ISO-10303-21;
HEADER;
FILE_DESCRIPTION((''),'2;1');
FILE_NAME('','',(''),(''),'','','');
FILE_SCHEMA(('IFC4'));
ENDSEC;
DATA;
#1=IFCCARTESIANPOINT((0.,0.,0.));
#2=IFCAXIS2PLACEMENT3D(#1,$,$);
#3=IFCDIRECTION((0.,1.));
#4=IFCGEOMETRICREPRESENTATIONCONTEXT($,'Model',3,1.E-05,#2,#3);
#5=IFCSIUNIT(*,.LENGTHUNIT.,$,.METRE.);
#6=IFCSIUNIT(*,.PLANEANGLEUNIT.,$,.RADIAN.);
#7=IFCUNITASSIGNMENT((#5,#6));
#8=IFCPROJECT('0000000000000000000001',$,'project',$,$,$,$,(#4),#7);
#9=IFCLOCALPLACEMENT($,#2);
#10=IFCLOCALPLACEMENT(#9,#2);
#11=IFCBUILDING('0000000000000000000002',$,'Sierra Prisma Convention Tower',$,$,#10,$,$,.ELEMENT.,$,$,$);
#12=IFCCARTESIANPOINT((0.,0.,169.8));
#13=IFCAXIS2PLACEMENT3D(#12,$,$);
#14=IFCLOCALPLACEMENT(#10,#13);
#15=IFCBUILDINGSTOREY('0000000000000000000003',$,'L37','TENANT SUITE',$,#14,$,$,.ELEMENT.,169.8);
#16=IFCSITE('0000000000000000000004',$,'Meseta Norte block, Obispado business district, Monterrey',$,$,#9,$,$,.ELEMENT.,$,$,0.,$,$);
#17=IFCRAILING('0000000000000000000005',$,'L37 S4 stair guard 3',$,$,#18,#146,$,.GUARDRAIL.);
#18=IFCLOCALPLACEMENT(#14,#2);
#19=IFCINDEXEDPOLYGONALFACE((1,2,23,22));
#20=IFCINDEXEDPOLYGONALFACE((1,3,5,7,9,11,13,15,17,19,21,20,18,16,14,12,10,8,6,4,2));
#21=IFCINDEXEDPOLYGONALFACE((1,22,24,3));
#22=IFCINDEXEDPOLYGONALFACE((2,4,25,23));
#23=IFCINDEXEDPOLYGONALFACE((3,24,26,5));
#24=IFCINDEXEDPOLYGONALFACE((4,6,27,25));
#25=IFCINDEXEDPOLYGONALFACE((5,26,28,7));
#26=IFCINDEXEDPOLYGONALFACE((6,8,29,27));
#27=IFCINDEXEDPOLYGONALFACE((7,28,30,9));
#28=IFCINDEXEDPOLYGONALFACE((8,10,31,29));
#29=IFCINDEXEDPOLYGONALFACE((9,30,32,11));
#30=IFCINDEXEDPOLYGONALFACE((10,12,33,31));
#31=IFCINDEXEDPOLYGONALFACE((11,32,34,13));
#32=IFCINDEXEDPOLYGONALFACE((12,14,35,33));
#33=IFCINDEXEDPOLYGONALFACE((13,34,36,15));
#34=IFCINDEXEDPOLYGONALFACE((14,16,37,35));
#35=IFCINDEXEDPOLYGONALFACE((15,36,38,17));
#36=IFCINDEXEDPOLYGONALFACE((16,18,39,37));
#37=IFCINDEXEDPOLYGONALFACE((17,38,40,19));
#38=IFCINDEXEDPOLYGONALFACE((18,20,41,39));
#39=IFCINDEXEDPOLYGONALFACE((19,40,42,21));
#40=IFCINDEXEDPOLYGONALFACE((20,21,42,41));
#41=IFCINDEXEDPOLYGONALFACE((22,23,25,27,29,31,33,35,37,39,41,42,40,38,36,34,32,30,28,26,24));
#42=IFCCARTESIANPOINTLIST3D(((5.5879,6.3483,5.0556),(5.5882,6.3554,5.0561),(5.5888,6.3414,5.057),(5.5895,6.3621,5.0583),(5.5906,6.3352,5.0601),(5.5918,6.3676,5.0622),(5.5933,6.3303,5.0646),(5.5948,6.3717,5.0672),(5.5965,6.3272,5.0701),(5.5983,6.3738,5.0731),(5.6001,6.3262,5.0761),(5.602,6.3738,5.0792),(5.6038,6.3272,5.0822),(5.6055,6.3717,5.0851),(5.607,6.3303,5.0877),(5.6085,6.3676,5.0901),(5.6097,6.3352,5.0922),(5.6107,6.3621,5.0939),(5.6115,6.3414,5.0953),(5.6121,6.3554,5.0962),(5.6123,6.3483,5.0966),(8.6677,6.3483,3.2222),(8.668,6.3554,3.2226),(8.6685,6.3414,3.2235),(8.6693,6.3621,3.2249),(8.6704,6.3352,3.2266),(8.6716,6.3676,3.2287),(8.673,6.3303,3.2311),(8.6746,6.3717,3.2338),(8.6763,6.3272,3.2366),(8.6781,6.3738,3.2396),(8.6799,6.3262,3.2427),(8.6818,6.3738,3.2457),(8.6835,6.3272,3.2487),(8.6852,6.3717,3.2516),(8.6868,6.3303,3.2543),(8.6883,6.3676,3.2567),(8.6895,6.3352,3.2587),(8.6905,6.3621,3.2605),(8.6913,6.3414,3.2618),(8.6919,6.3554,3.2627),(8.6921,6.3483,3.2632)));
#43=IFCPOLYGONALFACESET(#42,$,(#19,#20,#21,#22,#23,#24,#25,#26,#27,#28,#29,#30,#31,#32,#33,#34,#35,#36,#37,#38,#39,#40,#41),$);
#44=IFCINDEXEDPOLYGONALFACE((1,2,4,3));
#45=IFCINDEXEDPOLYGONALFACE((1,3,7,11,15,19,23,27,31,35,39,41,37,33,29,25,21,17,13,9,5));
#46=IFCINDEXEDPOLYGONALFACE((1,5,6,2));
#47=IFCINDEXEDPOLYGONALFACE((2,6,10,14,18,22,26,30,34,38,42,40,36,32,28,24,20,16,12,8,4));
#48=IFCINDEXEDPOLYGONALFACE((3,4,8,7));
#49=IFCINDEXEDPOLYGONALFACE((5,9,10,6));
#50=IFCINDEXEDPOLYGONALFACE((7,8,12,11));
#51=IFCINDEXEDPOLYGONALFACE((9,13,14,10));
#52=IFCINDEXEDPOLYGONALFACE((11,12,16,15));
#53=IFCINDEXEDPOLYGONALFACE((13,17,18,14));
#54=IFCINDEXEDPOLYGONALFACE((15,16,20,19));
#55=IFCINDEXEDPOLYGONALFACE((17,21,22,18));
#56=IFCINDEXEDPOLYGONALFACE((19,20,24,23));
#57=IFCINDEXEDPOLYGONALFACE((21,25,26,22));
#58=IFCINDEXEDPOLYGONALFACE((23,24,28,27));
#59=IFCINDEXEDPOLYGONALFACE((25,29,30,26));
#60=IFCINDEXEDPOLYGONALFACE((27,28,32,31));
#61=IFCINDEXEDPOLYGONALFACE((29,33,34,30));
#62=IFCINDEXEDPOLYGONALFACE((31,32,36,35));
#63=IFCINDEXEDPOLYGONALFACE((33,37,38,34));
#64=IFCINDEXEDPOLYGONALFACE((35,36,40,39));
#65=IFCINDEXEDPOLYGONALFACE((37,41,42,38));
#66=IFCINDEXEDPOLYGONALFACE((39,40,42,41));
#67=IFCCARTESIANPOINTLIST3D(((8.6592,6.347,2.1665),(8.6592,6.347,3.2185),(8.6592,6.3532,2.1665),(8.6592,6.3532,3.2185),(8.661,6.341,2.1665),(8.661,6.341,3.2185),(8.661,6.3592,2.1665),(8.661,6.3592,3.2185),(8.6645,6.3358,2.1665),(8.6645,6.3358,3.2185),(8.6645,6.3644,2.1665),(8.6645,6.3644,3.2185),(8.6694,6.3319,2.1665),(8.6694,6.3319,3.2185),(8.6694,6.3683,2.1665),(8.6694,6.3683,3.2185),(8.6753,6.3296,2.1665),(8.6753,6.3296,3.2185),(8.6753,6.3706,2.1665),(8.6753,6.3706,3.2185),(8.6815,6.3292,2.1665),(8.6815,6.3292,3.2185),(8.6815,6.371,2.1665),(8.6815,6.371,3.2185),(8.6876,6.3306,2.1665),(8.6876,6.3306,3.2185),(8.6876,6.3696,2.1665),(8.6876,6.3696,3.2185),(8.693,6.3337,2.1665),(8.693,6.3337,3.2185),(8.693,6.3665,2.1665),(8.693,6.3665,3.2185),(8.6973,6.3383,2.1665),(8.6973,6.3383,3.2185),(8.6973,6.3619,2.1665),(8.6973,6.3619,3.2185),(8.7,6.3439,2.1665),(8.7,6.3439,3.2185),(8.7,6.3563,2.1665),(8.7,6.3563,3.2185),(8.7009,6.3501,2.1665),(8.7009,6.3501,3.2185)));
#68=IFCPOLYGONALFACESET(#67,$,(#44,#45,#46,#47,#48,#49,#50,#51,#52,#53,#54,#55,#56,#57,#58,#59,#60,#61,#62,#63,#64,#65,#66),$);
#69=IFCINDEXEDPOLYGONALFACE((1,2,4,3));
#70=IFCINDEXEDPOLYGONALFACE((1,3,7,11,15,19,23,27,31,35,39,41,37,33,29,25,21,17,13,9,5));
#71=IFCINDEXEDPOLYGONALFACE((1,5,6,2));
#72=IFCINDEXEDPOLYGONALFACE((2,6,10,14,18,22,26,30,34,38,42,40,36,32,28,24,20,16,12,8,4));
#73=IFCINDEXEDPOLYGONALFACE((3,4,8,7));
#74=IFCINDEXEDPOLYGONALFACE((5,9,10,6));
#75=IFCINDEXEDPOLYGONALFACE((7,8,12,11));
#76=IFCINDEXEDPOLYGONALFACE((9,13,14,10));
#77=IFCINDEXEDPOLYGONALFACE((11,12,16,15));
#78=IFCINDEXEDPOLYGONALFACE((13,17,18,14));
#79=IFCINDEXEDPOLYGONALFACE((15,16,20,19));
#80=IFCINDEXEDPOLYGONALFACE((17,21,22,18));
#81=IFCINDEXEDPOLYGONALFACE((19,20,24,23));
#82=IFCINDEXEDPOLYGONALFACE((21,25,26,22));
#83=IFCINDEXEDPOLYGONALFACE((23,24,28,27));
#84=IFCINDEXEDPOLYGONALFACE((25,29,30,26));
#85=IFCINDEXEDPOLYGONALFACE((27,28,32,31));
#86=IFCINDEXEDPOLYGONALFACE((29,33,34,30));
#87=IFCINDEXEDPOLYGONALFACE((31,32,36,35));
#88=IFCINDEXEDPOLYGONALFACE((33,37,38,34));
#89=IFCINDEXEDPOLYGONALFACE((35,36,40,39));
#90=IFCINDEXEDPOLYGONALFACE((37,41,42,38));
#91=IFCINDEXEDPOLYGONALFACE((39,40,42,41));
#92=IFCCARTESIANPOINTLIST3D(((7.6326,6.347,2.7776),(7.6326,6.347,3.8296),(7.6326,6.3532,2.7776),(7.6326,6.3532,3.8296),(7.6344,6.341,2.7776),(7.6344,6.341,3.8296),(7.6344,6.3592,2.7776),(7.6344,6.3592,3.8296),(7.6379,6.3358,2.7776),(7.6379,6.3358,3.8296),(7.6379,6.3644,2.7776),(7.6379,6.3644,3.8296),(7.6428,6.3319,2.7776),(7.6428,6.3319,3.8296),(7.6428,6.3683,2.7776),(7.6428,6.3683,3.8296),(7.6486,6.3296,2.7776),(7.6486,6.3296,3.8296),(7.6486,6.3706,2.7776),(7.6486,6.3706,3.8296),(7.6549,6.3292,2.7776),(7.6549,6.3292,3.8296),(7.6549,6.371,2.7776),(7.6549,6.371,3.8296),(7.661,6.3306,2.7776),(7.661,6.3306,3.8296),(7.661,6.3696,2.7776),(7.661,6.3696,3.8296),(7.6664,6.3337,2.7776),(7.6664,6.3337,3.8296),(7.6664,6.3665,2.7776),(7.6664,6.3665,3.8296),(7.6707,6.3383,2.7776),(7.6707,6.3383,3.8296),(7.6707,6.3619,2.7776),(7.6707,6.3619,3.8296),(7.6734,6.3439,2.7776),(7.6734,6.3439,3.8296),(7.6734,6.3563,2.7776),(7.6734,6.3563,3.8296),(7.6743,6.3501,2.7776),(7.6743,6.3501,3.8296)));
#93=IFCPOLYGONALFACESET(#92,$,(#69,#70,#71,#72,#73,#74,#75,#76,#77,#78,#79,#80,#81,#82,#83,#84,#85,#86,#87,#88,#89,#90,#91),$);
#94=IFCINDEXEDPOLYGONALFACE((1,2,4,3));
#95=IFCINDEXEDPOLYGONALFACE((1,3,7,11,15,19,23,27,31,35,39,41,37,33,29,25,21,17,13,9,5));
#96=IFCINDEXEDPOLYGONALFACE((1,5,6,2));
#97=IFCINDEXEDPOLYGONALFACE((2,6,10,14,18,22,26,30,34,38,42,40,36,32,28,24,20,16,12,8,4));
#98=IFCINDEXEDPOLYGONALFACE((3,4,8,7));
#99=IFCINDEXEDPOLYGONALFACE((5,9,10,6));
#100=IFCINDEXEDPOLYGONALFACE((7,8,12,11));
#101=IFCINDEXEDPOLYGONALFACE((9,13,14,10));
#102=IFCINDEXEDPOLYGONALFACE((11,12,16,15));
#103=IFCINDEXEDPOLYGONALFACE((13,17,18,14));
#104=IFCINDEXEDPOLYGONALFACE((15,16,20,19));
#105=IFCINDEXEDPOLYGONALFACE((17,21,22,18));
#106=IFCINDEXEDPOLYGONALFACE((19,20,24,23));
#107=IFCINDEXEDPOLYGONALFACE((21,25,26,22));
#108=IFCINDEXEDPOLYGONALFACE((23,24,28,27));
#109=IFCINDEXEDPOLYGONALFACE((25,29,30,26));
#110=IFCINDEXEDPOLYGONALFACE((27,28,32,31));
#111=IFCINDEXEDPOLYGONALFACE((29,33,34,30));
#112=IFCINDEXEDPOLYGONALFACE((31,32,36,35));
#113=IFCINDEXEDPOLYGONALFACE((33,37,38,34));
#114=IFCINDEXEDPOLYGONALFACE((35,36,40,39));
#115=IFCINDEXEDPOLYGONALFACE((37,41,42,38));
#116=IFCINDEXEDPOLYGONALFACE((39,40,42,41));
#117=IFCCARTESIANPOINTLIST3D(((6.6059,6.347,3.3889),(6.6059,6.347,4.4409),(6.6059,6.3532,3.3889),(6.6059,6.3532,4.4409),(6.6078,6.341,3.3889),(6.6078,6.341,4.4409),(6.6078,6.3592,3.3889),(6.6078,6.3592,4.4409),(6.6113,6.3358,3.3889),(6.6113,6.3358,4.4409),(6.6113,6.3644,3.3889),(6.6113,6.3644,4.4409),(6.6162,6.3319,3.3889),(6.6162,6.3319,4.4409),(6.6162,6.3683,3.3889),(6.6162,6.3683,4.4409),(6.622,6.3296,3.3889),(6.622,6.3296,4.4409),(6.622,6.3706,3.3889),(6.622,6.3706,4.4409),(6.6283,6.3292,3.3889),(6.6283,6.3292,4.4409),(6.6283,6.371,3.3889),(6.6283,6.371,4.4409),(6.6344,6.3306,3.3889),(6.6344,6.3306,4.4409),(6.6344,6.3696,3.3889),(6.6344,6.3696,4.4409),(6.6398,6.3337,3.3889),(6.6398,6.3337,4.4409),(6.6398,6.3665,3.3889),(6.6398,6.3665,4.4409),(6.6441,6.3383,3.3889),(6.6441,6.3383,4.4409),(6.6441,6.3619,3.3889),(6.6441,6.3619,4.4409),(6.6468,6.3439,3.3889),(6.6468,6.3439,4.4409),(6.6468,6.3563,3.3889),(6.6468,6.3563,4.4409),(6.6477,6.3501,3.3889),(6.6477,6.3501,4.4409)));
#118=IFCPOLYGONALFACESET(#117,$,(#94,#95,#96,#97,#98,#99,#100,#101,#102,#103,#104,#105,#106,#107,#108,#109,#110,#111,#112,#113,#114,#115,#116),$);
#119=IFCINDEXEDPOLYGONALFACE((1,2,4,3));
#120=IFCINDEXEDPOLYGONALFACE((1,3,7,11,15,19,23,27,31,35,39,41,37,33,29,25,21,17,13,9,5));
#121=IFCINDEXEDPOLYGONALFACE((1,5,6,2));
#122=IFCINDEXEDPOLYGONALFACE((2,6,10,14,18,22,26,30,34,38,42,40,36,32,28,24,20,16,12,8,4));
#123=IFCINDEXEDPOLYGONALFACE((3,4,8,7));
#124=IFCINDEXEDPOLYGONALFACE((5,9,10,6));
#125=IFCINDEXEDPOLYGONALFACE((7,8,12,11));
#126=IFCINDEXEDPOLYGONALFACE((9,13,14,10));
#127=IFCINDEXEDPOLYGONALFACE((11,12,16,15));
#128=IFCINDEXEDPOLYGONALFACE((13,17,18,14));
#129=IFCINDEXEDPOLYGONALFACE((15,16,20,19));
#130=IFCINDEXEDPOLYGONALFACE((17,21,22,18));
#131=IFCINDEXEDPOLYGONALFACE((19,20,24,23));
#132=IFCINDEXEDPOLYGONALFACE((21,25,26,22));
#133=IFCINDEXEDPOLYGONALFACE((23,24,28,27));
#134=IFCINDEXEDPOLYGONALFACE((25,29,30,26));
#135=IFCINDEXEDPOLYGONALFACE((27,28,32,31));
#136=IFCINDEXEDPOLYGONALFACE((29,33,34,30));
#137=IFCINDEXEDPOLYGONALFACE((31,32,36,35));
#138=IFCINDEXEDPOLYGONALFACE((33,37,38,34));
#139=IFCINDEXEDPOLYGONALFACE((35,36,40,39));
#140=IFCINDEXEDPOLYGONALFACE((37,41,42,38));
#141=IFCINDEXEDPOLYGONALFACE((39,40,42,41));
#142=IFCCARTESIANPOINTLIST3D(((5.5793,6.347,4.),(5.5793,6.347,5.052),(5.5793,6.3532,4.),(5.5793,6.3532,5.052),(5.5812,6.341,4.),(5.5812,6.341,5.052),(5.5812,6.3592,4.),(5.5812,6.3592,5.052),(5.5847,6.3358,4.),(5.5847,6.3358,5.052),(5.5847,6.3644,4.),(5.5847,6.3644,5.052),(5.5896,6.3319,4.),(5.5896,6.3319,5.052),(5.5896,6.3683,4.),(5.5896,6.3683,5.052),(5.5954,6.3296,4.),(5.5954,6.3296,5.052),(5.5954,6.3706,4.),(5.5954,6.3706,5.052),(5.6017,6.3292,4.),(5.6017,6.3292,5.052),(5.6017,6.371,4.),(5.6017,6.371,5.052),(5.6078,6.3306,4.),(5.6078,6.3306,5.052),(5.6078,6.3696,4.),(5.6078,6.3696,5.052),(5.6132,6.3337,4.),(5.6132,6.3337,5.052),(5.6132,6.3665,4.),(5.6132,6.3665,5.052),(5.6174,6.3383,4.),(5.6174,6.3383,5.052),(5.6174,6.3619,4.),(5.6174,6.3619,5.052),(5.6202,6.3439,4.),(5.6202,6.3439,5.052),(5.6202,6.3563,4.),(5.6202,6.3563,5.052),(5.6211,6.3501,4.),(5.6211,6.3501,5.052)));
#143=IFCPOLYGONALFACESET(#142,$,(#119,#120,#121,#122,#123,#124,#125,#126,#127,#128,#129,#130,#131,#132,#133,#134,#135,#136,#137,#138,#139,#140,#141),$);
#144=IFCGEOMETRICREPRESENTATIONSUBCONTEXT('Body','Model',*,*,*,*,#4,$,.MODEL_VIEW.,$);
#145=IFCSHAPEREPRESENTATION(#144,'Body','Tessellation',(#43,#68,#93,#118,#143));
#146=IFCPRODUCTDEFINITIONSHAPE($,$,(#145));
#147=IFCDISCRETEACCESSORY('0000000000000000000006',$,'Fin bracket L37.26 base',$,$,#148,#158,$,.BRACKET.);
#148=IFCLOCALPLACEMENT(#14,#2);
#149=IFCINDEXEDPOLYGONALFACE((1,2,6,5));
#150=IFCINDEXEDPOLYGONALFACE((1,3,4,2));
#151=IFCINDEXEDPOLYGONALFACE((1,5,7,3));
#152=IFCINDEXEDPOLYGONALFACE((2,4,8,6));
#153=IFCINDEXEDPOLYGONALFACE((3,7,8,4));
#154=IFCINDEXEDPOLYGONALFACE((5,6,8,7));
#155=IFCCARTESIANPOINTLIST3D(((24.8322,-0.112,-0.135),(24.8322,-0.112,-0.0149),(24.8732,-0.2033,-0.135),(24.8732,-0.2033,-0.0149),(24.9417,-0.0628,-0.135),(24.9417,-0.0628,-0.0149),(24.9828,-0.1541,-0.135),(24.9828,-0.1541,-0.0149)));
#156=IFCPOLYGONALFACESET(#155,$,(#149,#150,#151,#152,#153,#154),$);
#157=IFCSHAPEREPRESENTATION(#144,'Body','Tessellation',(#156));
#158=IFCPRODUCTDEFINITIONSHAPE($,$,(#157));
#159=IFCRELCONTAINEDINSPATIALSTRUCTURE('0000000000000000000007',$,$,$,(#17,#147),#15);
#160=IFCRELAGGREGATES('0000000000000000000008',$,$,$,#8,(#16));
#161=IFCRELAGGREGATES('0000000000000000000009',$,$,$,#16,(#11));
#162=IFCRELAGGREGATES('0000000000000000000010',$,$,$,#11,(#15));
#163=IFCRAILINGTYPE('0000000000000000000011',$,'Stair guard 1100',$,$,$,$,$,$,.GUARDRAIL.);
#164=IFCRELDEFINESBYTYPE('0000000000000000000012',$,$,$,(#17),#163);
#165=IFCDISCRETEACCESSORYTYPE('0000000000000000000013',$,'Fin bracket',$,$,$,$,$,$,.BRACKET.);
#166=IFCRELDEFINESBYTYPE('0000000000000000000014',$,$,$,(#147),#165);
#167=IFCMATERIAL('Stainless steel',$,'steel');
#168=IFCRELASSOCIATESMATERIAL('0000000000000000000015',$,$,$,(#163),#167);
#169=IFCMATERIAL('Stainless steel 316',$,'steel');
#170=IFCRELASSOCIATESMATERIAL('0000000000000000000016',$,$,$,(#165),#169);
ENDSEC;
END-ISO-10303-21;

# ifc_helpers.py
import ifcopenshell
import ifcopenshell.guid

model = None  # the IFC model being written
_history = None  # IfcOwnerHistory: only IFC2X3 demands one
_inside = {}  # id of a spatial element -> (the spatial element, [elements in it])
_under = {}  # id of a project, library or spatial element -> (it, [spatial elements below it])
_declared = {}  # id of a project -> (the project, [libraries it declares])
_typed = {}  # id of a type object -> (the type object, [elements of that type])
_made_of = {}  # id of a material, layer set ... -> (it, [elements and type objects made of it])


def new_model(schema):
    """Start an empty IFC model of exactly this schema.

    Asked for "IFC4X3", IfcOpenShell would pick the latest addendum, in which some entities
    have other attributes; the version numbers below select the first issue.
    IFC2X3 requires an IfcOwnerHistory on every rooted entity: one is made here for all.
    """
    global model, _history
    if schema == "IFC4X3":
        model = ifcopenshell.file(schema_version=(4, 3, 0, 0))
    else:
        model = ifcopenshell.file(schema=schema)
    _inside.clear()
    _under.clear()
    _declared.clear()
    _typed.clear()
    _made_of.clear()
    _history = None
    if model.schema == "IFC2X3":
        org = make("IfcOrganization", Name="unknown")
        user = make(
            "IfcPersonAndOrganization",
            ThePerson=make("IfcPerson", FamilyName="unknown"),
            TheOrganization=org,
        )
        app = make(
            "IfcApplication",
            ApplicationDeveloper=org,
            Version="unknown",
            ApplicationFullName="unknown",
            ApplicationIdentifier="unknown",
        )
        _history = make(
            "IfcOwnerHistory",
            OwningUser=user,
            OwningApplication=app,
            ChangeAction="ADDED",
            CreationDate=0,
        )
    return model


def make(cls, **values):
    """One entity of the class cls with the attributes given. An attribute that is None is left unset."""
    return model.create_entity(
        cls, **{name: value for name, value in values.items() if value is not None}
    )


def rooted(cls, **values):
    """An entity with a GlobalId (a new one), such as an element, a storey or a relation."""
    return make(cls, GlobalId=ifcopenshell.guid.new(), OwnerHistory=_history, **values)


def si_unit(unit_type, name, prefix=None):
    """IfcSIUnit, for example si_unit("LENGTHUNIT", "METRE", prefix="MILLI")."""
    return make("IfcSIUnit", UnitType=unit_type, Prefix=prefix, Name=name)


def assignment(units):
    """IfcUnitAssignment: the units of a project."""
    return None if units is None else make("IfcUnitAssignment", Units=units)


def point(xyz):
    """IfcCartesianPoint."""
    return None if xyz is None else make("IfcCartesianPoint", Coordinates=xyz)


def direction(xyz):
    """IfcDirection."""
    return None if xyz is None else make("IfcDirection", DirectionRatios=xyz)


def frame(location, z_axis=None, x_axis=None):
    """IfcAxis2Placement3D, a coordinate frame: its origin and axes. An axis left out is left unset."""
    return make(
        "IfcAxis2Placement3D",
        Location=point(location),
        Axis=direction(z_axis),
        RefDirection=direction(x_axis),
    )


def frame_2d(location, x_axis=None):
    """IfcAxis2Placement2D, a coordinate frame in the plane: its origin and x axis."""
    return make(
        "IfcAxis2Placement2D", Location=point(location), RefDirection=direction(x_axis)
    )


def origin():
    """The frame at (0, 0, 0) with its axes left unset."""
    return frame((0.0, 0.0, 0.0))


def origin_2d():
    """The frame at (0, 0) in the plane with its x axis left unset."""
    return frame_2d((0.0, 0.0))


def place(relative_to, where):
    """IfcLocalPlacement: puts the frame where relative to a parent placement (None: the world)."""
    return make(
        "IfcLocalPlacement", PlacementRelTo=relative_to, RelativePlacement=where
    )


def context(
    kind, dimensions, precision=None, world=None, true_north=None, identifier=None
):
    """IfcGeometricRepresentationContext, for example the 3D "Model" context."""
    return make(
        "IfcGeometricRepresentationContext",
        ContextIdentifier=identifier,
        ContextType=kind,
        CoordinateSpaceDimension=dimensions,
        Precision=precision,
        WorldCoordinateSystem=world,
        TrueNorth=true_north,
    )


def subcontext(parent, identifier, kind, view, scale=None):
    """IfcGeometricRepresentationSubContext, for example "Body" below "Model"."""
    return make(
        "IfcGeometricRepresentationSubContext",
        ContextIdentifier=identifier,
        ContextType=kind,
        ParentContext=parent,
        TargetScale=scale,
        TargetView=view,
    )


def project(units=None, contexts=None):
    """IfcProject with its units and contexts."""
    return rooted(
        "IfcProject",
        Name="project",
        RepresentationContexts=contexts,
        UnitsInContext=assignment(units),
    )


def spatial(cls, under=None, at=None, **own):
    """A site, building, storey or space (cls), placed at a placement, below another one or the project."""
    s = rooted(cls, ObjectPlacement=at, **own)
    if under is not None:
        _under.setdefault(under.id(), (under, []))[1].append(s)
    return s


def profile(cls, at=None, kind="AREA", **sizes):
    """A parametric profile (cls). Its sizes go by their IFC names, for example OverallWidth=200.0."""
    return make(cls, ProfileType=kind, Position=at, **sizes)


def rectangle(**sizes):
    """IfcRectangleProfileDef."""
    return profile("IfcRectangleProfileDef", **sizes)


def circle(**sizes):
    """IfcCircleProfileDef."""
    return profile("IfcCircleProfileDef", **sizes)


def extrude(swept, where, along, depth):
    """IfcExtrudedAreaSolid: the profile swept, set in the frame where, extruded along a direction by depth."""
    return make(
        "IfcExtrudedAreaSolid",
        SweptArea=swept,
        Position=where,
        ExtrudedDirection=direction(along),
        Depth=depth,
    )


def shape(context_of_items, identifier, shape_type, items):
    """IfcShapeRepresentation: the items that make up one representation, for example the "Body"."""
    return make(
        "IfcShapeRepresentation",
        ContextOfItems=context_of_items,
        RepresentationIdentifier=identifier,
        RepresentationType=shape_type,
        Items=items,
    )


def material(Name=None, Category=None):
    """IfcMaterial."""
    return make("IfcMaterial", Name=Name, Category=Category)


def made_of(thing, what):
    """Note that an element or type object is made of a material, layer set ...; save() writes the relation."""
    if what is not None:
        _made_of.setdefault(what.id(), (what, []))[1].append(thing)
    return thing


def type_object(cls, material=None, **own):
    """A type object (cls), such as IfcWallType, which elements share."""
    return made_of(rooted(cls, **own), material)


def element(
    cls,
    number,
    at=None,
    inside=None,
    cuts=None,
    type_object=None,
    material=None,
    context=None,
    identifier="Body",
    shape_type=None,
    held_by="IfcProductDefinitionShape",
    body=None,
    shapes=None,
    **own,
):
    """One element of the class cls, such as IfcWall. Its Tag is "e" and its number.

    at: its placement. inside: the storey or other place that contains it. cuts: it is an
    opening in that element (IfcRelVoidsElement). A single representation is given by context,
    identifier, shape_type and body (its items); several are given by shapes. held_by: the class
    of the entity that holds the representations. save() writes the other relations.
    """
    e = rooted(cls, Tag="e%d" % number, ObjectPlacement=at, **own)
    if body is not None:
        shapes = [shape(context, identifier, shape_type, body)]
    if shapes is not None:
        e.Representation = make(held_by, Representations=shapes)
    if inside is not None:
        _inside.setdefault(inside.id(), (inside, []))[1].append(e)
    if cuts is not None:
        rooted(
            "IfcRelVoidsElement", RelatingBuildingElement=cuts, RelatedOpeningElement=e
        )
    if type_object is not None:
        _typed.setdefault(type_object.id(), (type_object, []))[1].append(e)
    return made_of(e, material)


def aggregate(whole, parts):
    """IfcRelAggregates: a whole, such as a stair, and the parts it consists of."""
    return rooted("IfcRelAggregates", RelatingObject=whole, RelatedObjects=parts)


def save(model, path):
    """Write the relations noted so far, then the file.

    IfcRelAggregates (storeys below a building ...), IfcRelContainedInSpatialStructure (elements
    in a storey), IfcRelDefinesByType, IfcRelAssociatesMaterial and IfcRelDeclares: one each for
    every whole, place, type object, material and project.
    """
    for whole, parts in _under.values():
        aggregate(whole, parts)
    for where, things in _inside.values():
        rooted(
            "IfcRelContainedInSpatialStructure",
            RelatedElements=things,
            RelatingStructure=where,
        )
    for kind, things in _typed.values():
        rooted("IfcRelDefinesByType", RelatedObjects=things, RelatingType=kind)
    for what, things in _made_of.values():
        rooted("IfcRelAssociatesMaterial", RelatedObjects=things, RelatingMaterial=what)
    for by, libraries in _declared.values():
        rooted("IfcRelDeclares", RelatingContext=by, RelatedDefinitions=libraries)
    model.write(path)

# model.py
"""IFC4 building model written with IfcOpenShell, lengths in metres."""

from ifc_helpers import new_model, si_unit, direction, frame, origin, origin_2d, place, context, subcontext, project, spatial, rectangle, circle, extrude, material, type_object, element, save


model = new_model("IFC4")

# Units and contexts
model_context = context("Model", 3, precision=1e-05, world=origin(), true_north=direction((0.0, 1.0)))
body_context = subcontext(model_context, "Body", "Model", "MODEL_VIEW")
ifc_project = project(units=[si_unit("LENGTHUNIT", "METRE"), si_unit("PLANEANGLEUNIT", "RADIAN")], contexts=[model_context])

# Site, building, storey
site_placement = place(None, origin())
site = spatial("IfcSite", under=ifc_project, at=site_placement, Name="Meseta Norte block, Obispado business district, Monterrey", CompositionType="ELEMENT", RefElevation=0.0)
building_placement = place(site_placement, origin())
building = spatial("IfcBuilding", under=site, at=building_placement, Name="Sierra Prisma Convention Tower", CompositionType="ELEMENT")
storey_placement = place(building_placement, frame((0.0, 0.0, 169.8)))
storey = spatial("IfcBuildingStorey", under=building, at=storey_placement, Name="L37", Description="TENANT SUITE", CompositionType="ELEMENT", Elevation=169.8)

# Railing
ifc_material_1 = material(Name="Stainless steel", Category="steel")
railing_type = type_object("IfcRailingType", Name="Stair guard 1100", PredefinedType="GUARDRAIL", material=ifc_material_1)
railing_1_placement = place(storey_placement, frame((8.6799, 6.3501, 2.1665)))
element("IfcRailing", 1, at=railing_1_placement, inside=storey, type_object=railing_type, Name="L37 S4 stair guard 3", PredefinedType="GUARDRAIL", context=body_context, shape_type="SweptSolid", body=[
    extrude(circle(Radius=0.0239, at=origin_2d()), frame((0.0, 0.0, 1.0762), z_axis=(-0.859261, 0.0, 0.511538), x_axis=(0.0, -1.0, 0.0)), (0.0, 0.0, 1.0), 3.5842),
    extrude(circle(Radius=0.021, at=origin_2d()), origin(), (0.0, 0.0, 1.0), 1.052),
    extrude(circle(Radius=0.021, at=origin_2d()), frame((-1.0266, 0.0, 0.6111)), (0.0, 0.0, 1.0), 1.052),
    extrude(circle(Radius=0.021, at=origin_2d()), frame((-2.0532, 0.0, 1.2224)), (0.0, 0.0, 1.0), 1.052),
    extrude(circle(Radius=0.021, at=origin_2d()), frame((-3.0798, 0.0, 1.8335)), (0.0, 0.0, 1.0), 1.052),
])

# Discrete accessory
ifc_material_2 = material(Name="Stainless steel 316", Category="steel")
discrete_accessory_type = type_object("IfcDiscreteAccessoryType", Name="Fin bracket", PredefinedType="BRACKET", material=ifc_material_2)
discrete_accessory_placement = place(storey_placement, frame((24.9075, -0.1331, -0.135), z_axis=(0.0, 0.0, 1.0), x_axis=(0.912092, 0.409985, 0.0)))
element("IfcDiscreteAccessory", 2, at=discrete_accessory_placement, inside=storey, type_object=discrete_accessory_type, Name="Fin bracket L37.26 base", PredefinedType="BRACKET", context=body_context, shape_type="SweptSolid", body=[
    extrude(rectangle(XDim=0.1201, YDim=0.1001, at=origin_2d()), origin(), (0.0, 0.0, 1.0), 0.1201),
])

save(model, "model.ifc")
